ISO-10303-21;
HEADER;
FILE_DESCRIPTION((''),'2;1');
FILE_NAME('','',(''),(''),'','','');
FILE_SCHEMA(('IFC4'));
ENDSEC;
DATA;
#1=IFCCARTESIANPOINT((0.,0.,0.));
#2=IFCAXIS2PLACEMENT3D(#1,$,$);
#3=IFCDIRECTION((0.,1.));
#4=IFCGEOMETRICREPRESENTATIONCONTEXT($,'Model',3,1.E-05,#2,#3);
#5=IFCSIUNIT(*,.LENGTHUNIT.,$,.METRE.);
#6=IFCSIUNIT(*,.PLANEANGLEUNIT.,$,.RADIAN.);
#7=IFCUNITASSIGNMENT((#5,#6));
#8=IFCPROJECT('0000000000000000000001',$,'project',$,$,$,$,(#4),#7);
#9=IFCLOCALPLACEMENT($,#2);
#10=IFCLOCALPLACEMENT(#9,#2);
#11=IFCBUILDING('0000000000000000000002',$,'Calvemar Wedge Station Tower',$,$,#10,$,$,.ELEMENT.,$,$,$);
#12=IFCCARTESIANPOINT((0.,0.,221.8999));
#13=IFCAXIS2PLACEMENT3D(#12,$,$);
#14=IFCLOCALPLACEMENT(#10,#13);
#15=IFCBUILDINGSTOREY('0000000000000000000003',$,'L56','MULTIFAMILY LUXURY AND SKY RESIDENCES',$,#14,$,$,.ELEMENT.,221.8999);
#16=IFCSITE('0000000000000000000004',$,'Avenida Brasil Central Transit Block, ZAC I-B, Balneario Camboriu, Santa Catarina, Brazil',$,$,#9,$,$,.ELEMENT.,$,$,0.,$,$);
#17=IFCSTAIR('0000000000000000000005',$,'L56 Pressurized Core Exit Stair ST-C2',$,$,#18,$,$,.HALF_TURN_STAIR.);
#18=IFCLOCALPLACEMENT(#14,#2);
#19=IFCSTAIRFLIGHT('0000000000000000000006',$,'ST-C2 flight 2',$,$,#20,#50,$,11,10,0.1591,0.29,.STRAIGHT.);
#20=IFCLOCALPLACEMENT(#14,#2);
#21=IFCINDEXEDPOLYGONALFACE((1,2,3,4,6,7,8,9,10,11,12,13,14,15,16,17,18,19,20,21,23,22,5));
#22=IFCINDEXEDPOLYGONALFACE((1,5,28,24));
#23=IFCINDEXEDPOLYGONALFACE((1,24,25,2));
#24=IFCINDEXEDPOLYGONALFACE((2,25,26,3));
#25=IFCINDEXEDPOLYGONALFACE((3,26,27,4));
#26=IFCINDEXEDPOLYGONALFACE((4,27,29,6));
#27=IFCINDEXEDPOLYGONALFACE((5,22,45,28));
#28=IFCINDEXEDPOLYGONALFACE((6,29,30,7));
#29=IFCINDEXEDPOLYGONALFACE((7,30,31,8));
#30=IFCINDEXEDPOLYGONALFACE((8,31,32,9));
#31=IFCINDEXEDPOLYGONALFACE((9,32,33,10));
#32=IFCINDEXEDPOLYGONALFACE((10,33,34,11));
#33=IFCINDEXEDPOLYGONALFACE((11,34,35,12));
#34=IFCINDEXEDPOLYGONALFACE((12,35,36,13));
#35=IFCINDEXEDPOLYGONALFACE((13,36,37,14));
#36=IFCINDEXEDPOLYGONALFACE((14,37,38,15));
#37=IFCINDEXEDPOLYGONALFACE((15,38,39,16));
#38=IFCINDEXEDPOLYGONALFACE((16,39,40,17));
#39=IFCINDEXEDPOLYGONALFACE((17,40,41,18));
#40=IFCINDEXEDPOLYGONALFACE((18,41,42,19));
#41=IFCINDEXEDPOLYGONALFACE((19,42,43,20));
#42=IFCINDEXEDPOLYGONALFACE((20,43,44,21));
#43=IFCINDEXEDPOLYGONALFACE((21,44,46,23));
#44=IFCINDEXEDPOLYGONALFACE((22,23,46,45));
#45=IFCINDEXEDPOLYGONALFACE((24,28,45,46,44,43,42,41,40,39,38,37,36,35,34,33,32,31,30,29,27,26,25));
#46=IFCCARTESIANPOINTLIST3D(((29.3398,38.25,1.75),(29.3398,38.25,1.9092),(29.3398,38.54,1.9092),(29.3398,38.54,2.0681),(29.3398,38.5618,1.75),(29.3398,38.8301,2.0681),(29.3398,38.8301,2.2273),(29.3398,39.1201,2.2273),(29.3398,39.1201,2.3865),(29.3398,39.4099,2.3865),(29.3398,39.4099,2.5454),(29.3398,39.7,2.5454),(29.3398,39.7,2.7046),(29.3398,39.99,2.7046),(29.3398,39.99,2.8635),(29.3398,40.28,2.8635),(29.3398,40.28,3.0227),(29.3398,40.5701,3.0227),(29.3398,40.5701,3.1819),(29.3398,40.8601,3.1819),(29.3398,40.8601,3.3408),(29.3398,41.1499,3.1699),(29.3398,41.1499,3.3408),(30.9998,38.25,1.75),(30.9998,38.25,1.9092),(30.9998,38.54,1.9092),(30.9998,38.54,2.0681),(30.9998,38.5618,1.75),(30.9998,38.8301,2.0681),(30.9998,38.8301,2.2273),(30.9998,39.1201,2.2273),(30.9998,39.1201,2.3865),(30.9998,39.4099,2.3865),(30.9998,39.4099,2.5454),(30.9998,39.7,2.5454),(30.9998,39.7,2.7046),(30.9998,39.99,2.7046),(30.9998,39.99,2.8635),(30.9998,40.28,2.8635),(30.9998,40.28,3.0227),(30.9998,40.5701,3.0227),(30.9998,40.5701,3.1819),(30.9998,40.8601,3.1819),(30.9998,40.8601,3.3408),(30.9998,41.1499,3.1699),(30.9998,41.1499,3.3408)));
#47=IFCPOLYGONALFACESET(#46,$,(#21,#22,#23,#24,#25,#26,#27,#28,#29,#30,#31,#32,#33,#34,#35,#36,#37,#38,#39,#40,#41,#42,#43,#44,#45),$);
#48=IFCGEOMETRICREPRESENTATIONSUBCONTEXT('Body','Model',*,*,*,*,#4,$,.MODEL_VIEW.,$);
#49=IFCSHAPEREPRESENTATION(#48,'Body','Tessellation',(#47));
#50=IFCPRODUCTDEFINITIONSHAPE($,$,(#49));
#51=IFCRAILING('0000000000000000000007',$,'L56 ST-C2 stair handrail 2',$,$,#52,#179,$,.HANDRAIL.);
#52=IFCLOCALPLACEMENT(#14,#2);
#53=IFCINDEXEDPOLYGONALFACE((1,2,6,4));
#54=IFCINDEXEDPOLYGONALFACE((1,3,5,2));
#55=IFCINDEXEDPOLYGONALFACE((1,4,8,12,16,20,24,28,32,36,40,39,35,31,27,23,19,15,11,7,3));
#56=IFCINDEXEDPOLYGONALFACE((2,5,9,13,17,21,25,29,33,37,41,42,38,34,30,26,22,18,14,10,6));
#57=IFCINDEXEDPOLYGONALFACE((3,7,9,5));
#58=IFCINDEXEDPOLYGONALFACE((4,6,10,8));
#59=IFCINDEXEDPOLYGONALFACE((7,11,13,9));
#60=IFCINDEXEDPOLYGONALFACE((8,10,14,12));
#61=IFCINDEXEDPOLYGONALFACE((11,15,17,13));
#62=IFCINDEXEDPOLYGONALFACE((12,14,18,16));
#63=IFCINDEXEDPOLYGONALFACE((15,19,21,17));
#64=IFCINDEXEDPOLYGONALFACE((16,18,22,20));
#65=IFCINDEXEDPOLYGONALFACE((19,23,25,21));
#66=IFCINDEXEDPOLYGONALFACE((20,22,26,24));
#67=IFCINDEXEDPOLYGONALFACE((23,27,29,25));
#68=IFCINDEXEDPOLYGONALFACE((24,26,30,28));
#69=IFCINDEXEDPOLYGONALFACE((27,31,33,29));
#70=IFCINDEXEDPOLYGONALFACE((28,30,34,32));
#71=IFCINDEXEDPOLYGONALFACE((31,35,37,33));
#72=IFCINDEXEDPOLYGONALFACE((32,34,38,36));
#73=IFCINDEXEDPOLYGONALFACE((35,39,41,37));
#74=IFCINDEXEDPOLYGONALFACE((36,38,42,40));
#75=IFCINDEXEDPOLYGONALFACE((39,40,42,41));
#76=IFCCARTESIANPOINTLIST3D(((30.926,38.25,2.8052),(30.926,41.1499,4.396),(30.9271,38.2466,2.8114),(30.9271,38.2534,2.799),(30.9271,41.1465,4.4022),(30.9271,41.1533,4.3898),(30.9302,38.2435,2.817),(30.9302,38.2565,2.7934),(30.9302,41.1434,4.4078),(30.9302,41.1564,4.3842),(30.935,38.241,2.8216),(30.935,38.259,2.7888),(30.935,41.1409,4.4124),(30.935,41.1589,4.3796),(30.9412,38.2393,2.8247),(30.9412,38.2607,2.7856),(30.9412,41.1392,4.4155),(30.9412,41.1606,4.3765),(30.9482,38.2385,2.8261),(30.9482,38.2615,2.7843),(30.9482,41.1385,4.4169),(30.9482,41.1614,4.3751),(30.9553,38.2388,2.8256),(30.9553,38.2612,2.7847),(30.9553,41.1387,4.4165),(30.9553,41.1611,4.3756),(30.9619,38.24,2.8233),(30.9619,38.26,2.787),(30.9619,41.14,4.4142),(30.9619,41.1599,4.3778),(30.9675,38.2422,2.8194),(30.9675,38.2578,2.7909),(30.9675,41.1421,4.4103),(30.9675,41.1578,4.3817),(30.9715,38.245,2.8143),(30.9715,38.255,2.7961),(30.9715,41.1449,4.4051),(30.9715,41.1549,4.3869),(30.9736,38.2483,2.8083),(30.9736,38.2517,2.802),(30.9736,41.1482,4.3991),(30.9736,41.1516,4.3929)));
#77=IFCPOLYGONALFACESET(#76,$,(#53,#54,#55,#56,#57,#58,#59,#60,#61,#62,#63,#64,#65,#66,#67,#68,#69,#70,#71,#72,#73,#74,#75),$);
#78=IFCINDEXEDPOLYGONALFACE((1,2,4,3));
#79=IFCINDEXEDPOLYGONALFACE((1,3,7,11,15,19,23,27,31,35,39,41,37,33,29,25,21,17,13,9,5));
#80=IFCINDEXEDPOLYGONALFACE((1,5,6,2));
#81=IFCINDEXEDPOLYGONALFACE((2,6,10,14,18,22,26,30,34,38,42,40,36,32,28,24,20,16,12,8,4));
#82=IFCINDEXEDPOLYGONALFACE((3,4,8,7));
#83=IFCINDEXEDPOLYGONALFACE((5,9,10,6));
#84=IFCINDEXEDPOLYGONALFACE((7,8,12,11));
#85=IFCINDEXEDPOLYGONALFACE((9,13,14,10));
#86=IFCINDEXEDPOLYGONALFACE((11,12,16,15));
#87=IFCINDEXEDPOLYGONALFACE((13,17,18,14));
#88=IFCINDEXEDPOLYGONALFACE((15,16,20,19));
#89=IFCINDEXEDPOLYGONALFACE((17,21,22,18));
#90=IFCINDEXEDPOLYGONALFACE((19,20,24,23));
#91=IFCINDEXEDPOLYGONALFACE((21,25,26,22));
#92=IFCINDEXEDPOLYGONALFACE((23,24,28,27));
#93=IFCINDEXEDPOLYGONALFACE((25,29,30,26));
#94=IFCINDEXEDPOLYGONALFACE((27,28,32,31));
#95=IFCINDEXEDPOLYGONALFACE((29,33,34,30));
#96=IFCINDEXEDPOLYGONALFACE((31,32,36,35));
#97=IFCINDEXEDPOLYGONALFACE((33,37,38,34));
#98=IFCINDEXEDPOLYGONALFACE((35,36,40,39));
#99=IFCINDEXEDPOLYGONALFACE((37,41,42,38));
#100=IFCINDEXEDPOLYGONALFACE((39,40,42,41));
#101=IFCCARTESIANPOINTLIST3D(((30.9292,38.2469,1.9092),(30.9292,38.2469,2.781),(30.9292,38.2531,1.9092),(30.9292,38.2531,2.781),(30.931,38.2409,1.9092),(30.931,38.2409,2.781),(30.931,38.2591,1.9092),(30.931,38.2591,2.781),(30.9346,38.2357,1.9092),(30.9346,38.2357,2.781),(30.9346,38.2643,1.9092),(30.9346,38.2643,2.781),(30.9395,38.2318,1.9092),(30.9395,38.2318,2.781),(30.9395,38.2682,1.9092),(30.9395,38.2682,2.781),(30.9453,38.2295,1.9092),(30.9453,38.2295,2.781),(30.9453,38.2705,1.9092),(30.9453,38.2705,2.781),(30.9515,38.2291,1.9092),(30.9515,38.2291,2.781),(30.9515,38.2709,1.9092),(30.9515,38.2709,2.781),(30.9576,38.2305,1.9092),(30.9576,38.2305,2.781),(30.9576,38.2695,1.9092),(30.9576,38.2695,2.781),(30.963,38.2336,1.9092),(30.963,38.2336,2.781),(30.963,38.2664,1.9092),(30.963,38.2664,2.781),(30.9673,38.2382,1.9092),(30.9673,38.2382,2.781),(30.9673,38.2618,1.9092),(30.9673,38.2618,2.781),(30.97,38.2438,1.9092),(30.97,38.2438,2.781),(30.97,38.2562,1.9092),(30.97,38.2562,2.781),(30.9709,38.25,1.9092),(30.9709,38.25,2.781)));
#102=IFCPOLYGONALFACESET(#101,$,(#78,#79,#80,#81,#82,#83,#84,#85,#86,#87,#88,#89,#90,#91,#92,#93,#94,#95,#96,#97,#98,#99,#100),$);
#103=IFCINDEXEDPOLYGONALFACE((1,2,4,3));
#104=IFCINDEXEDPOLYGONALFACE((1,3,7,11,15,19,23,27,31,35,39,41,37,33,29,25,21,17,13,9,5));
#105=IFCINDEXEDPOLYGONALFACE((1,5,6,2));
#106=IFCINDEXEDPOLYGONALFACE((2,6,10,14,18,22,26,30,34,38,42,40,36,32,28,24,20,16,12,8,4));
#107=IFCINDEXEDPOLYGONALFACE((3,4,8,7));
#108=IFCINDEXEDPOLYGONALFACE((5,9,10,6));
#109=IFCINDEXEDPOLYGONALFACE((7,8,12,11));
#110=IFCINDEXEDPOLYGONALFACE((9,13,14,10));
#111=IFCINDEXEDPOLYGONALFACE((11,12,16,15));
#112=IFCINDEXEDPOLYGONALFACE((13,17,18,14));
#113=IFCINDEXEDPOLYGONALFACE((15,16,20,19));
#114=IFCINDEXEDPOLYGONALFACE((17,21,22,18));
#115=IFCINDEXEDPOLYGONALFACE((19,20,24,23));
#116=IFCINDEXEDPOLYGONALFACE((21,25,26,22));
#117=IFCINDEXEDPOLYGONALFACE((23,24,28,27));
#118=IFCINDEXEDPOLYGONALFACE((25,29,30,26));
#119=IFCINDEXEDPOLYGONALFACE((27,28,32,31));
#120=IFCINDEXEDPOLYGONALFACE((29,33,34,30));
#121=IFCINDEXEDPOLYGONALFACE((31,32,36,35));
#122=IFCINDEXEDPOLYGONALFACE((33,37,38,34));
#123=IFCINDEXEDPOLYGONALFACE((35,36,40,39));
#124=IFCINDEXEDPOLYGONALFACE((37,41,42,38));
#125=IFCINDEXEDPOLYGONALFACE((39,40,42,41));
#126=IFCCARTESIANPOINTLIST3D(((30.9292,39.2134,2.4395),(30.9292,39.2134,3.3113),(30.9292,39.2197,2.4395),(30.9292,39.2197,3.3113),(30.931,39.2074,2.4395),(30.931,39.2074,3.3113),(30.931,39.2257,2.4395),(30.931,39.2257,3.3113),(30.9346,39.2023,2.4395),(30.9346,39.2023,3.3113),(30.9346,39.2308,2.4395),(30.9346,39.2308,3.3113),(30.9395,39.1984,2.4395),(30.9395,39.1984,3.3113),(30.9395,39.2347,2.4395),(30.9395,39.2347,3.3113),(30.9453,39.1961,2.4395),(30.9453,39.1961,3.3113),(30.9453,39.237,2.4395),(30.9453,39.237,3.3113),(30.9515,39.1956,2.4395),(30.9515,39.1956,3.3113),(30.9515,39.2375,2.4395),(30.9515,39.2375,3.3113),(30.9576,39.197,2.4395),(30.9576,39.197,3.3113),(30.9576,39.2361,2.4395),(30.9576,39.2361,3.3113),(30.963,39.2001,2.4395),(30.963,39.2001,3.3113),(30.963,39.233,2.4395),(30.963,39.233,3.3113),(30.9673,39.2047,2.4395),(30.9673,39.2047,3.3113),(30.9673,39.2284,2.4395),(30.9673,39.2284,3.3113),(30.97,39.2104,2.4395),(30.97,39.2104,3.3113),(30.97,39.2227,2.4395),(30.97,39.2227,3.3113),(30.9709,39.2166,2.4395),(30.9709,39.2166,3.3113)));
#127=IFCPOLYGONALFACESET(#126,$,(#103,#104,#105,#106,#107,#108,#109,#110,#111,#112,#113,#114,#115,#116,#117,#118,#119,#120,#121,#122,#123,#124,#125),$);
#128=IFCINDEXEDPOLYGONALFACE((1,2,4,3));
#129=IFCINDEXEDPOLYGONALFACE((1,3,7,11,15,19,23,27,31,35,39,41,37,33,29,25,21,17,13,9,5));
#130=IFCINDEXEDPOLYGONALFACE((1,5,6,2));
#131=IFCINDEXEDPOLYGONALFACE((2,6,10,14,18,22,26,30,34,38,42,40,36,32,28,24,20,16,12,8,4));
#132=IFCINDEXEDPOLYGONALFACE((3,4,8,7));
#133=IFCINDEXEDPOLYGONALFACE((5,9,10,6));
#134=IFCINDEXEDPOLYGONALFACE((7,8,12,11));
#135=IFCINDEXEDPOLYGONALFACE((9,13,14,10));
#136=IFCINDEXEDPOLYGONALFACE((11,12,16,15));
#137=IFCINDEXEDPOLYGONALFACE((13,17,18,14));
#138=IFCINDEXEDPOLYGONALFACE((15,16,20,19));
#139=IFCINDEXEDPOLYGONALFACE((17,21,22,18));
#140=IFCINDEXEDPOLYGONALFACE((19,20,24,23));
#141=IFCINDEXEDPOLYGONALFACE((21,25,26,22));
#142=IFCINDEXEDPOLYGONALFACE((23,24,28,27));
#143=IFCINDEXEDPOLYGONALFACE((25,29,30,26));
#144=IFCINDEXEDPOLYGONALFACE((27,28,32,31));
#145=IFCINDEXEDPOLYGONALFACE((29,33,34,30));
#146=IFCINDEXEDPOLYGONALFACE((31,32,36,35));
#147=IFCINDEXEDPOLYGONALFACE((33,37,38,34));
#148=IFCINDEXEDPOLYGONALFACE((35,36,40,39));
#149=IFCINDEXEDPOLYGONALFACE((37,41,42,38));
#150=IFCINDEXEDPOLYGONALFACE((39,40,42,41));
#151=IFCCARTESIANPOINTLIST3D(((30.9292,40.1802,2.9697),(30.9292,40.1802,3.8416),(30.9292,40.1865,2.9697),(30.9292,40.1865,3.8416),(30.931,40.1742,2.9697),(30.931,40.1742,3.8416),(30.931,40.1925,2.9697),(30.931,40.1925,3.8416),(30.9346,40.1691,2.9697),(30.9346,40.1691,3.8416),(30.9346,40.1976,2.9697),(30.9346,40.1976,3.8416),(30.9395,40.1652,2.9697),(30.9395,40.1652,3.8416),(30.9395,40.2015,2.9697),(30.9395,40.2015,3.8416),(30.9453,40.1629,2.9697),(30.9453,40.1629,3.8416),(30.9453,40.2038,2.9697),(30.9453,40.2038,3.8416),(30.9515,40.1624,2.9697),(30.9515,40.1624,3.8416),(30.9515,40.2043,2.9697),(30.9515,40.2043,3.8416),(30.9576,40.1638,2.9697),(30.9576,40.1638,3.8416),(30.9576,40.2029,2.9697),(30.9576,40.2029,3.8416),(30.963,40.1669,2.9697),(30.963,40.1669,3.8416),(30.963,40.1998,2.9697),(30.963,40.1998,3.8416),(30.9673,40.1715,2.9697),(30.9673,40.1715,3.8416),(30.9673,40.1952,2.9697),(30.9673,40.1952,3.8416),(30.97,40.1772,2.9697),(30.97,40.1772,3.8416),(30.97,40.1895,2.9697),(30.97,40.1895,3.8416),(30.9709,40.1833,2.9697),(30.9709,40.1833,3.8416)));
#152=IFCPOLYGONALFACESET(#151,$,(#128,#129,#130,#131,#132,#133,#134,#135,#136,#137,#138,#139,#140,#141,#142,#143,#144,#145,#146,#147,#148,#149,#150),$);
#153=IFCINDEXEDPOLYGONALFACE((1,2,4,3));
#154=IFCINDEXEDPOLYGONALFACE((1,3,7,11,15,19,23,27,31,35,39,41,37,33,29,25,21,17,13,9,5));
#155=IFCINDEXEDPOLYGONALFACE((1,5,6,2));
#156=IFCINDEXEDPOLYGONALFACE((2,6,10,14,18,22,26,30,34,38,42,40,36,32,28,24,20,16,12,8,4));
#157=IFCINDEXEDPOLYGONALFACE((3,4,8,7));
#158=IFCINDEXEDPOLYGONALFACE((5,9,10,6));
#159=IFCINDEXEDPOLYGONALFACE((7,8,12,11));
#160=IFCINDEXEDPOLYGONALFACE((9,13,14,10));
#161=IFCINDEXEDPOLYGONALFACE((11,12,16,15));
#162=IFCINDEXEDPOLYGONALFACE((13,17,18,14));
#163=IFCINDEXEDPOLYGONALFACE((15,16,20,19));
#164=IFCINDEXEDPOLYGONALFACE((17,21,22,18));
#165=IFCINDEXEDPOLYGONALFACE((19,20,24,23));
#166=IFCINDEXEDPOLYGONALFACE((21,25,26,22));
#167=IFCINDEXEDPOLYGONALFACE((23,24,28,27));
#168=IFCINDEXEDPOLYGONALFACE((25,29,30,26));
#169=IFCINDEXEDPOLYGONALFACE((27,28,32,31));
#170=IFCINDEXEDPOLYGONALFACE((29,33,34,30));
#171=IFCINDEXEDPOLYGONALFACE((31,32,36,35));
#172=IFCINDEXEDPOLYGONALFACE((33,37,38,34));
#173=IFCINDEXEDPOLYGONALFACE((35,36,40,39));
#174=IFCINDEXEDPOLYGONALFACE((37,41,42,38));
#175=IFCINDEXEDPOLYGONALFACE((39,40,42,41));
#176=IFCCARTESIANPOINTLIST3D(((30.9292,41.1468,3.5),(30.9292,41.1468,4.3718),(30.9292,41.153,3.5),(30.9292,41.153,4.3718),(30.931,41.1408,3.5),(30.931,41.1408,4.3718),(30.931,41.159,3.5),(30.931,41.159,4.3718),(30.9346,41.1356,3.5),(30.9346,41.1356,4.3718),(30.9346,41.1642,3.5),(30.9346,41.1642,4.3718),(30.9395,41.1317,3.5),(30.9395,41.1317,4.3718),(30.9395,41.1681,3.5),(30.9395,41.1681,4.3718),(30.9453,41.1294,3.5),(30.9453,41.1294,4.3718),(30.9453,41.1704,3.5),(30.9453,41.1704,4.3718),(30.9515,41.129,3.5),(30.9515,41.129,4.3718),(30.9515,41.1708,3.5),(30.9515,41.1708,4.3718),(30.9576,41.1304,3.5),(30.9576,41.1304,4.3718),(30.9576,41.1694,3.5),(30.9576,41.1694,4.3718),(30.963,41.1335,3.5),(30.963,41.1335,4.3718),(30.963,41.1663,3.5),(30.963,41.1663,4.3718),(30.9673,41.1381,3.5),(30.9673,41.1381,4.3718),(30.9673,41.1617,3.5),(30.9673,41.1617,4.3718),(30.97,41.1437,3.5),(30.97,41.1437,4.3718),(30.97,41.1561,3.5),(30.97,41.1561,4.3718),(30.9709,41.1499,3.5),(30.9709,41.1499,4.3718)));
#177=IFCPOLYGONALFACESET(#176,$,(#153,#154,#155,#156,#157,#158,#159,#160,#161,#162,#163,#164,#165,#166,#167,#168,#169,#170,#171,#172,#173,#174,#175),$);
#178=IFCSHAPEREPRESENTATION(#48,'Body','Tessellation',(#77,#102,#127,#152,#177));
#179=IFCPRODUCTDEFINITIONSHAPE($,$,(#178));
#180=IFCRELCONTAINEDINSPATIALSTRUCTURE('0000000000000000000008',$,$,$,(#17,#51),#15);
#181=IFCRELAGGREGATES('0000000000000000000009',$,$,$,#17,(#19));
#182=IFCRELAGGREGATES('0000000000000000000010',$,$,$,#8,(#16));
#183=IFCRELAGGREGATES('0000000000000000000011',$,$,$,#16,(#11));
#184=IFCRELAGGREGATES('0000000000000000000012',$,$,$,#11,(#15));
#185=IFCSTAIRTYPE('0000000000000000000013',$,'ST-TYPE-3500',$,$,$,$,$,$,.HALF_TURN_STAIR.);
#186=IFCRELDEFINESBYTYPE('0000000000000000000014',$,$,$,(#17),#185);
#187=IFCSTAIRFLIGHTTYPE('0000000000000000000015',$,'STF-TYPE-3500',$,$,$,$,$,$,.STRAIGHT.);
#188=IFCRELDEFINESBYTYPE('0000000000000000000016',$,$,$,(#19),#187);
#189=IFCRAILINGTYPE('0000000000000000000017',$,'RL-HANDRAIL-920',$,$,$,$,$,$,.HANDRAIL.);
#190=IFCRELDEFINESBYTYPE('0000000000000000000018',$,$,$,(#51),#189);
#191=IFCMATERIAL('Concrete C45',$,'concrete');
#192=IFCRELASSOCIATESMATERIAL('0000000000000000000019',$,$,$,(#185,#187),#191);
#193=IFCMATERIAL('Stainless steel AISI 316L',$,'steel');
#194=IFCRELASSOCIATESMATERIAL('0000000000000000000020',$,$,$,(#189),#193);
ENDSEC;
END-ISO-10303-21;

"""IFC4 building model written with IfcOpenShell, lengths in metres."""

from ifc_helpers import new_model, si_unit, direction, frame, origin, origin_2d, place, context, subcontext, project, spatial, polyline, circle, outline, extrude, material, type_object, element, aggregate, save


model = new_model("IFC4")

# Units and contexts
model_context = context("Model", 3, precision=1e-05, world=origin(), true_north=direction((0.0, 1.0)))
body_context = subcontext(model_context, "Body", "Model", "MODEL_VIEW")
ifc_project = project(units=[si_unit("LENGTHUNIT", "METRE"), si_unit("PLANEANGLEUNIT", "RADIAN")], contexts=[model_context])

# Site, building, storey
site_placement = place(None, origin())
site = spatial("IfcSite", under=ifc_project, at=site_placement, Name="Avenida Brasil Central Transit Block, ZAC I-B, Balneario Camboriu, Santa Catarina, Brazil", CompositionType="ELEMENT", RefElevation=0.0)
building_placement = place(site_placement, origin())
building = spatial("IfcBuilding", under=site, at=building_placement, Name="Calvemar Wedge Station Tower", CompositionType="ELEMENT")
storey_placement = place(building_placement, frame((0.0, 0.0, 221.8999)))
storey = spatial("IfcBuildingStorey", under=building, at=storey_placement, Name="L56", Description="MULTIFAMILY LUXURY AND SKY RESIDENCES", CompositionType="ELEMENT", Elevation=221.8999)

# Stair, stair flight
ifc_material_1 = material(Name="Concrete C45", Category="concrete")
stair_type = type_object("IfcStairType", Name="ST-TYPE-3500", PredefinedType="HALF_TURN_STAIR", material=ifc_material_1)
stair_placement = place(storey_placement, origin())
stair = element("IfcStair", 1, at=stair_placement, inside=storey, type_object=stair_type, Name="L56 Pressurized Core Exit Stair ST-C2", PredefinedType="HALF_TURN_STAIR")
stair_flight_type = type_object("IfcStairFlightType", Name="STF-TYPE-3500", PredefinedType="STRAIGHT", material=ifc_material_1)
stair_flight_1_placement = place(storey_placement, frame((30.1699, 38.25, 1.75), z_axis=(0.0, 0.0, 1.0), x_axis=(0.0, 1.0, 0.0)))
stair_flight_1 = element("IfcStairFlight", 2, at=stair_flight_1_placement, type_object=stair_flight_type, Name="ST-C2 flight 2", NumberOfRisers=11, NumberOfTreads=10, PredefinedType="STRAIGHT", RiserHeight=0.1591, TreadLength=0.29, context=body_context, shape_type="SweptSolid", body=[
    extrude(outline(polyline([(0.0, 0.0), (0.0, 0.1592), (0.29, 0.1592), (0.29, 0.3181), (0.5801, 0.3181), (0.5801, 0.4773), (0.8701, 0.4773), (0.8701, 0.6365), (1.1599, 0.6365), (1.1599, 0.7954), (1.45, 0.7954), (1.45, 0.9546), (1.74, 0.9546), (1.74, 1.1135), (2.03, 1.1135), (2.03, 1.2727), (2.3201, 1.2727), (2.3201, 1.4319), (2.6101, 1.4319), (2.6101, 1.5908), (2.8999, 1.5908), (2.8999, 1.75), (2.8999, 1.4199), (0.3118, 0.0), (0.0, 0.0)])), frame((0.0, 0.8301, 0.0), z_axis=(0.0, -1.0, 0.0), x_axis=(1.0, 0.0, 0.0)), (0.0, 0.0, 1.0), 1.6599),
])
aggregate(stair, [stair_flight_1])

# Railing
ifc_material_2 = material(Name="Stainless steel AISI 316L", Category="steel")
railing_type_1 = type_object("IfcRailingType", Name="RL-HANDRAIL-920", PredefinedType="HANDRAIL", material=ifc_material_2)
railing_1_placement = place(storey_placement, frame((30.95, 38.25, 1.9092)))
element("IfcRailing", 3, at=railing_1_placement, inside=storey, type_object=railing_type_1, Name="L56 ST-C2 stair handrail 2", PredefinedType="HANDRAIL", context=body_context, shape_type="SweptSolid", body=[
    extrude(circle(Radius=0.0239, at=origin_2d()), frame((0.0, 0.0, 0.896), z_axis=(0.0, 0.876742, 0.480961), x_axis=(-1.0, 0.0, 0.0)), (0.0, 0.0, 1.0), 3.3076),
    extrude(circle(Radius=0.021, at=origin_2d()), origin(), (0.0, 0.0, 1.0), 0.8718),
    extrude(circle(Radius=0.021, at=origin_2d()), frame((0.0, 0.9666, 0.5303)), (0.0, 0.0, 1.0), 0.8718),
    extrude(circle(Radius=0.021, at=origin_2d()), frame((0.0, 1.9333, 1.0605)), (0.0, 0.0, 1.0), 0.8718),
    extrude(circle(Radius=0.021, at=origin_2d()), frame((0.0, 2.8999, 1.5908)), (0.0, 0.0, 1.0), 0.8718),
])

save(model, "model.ifc")
